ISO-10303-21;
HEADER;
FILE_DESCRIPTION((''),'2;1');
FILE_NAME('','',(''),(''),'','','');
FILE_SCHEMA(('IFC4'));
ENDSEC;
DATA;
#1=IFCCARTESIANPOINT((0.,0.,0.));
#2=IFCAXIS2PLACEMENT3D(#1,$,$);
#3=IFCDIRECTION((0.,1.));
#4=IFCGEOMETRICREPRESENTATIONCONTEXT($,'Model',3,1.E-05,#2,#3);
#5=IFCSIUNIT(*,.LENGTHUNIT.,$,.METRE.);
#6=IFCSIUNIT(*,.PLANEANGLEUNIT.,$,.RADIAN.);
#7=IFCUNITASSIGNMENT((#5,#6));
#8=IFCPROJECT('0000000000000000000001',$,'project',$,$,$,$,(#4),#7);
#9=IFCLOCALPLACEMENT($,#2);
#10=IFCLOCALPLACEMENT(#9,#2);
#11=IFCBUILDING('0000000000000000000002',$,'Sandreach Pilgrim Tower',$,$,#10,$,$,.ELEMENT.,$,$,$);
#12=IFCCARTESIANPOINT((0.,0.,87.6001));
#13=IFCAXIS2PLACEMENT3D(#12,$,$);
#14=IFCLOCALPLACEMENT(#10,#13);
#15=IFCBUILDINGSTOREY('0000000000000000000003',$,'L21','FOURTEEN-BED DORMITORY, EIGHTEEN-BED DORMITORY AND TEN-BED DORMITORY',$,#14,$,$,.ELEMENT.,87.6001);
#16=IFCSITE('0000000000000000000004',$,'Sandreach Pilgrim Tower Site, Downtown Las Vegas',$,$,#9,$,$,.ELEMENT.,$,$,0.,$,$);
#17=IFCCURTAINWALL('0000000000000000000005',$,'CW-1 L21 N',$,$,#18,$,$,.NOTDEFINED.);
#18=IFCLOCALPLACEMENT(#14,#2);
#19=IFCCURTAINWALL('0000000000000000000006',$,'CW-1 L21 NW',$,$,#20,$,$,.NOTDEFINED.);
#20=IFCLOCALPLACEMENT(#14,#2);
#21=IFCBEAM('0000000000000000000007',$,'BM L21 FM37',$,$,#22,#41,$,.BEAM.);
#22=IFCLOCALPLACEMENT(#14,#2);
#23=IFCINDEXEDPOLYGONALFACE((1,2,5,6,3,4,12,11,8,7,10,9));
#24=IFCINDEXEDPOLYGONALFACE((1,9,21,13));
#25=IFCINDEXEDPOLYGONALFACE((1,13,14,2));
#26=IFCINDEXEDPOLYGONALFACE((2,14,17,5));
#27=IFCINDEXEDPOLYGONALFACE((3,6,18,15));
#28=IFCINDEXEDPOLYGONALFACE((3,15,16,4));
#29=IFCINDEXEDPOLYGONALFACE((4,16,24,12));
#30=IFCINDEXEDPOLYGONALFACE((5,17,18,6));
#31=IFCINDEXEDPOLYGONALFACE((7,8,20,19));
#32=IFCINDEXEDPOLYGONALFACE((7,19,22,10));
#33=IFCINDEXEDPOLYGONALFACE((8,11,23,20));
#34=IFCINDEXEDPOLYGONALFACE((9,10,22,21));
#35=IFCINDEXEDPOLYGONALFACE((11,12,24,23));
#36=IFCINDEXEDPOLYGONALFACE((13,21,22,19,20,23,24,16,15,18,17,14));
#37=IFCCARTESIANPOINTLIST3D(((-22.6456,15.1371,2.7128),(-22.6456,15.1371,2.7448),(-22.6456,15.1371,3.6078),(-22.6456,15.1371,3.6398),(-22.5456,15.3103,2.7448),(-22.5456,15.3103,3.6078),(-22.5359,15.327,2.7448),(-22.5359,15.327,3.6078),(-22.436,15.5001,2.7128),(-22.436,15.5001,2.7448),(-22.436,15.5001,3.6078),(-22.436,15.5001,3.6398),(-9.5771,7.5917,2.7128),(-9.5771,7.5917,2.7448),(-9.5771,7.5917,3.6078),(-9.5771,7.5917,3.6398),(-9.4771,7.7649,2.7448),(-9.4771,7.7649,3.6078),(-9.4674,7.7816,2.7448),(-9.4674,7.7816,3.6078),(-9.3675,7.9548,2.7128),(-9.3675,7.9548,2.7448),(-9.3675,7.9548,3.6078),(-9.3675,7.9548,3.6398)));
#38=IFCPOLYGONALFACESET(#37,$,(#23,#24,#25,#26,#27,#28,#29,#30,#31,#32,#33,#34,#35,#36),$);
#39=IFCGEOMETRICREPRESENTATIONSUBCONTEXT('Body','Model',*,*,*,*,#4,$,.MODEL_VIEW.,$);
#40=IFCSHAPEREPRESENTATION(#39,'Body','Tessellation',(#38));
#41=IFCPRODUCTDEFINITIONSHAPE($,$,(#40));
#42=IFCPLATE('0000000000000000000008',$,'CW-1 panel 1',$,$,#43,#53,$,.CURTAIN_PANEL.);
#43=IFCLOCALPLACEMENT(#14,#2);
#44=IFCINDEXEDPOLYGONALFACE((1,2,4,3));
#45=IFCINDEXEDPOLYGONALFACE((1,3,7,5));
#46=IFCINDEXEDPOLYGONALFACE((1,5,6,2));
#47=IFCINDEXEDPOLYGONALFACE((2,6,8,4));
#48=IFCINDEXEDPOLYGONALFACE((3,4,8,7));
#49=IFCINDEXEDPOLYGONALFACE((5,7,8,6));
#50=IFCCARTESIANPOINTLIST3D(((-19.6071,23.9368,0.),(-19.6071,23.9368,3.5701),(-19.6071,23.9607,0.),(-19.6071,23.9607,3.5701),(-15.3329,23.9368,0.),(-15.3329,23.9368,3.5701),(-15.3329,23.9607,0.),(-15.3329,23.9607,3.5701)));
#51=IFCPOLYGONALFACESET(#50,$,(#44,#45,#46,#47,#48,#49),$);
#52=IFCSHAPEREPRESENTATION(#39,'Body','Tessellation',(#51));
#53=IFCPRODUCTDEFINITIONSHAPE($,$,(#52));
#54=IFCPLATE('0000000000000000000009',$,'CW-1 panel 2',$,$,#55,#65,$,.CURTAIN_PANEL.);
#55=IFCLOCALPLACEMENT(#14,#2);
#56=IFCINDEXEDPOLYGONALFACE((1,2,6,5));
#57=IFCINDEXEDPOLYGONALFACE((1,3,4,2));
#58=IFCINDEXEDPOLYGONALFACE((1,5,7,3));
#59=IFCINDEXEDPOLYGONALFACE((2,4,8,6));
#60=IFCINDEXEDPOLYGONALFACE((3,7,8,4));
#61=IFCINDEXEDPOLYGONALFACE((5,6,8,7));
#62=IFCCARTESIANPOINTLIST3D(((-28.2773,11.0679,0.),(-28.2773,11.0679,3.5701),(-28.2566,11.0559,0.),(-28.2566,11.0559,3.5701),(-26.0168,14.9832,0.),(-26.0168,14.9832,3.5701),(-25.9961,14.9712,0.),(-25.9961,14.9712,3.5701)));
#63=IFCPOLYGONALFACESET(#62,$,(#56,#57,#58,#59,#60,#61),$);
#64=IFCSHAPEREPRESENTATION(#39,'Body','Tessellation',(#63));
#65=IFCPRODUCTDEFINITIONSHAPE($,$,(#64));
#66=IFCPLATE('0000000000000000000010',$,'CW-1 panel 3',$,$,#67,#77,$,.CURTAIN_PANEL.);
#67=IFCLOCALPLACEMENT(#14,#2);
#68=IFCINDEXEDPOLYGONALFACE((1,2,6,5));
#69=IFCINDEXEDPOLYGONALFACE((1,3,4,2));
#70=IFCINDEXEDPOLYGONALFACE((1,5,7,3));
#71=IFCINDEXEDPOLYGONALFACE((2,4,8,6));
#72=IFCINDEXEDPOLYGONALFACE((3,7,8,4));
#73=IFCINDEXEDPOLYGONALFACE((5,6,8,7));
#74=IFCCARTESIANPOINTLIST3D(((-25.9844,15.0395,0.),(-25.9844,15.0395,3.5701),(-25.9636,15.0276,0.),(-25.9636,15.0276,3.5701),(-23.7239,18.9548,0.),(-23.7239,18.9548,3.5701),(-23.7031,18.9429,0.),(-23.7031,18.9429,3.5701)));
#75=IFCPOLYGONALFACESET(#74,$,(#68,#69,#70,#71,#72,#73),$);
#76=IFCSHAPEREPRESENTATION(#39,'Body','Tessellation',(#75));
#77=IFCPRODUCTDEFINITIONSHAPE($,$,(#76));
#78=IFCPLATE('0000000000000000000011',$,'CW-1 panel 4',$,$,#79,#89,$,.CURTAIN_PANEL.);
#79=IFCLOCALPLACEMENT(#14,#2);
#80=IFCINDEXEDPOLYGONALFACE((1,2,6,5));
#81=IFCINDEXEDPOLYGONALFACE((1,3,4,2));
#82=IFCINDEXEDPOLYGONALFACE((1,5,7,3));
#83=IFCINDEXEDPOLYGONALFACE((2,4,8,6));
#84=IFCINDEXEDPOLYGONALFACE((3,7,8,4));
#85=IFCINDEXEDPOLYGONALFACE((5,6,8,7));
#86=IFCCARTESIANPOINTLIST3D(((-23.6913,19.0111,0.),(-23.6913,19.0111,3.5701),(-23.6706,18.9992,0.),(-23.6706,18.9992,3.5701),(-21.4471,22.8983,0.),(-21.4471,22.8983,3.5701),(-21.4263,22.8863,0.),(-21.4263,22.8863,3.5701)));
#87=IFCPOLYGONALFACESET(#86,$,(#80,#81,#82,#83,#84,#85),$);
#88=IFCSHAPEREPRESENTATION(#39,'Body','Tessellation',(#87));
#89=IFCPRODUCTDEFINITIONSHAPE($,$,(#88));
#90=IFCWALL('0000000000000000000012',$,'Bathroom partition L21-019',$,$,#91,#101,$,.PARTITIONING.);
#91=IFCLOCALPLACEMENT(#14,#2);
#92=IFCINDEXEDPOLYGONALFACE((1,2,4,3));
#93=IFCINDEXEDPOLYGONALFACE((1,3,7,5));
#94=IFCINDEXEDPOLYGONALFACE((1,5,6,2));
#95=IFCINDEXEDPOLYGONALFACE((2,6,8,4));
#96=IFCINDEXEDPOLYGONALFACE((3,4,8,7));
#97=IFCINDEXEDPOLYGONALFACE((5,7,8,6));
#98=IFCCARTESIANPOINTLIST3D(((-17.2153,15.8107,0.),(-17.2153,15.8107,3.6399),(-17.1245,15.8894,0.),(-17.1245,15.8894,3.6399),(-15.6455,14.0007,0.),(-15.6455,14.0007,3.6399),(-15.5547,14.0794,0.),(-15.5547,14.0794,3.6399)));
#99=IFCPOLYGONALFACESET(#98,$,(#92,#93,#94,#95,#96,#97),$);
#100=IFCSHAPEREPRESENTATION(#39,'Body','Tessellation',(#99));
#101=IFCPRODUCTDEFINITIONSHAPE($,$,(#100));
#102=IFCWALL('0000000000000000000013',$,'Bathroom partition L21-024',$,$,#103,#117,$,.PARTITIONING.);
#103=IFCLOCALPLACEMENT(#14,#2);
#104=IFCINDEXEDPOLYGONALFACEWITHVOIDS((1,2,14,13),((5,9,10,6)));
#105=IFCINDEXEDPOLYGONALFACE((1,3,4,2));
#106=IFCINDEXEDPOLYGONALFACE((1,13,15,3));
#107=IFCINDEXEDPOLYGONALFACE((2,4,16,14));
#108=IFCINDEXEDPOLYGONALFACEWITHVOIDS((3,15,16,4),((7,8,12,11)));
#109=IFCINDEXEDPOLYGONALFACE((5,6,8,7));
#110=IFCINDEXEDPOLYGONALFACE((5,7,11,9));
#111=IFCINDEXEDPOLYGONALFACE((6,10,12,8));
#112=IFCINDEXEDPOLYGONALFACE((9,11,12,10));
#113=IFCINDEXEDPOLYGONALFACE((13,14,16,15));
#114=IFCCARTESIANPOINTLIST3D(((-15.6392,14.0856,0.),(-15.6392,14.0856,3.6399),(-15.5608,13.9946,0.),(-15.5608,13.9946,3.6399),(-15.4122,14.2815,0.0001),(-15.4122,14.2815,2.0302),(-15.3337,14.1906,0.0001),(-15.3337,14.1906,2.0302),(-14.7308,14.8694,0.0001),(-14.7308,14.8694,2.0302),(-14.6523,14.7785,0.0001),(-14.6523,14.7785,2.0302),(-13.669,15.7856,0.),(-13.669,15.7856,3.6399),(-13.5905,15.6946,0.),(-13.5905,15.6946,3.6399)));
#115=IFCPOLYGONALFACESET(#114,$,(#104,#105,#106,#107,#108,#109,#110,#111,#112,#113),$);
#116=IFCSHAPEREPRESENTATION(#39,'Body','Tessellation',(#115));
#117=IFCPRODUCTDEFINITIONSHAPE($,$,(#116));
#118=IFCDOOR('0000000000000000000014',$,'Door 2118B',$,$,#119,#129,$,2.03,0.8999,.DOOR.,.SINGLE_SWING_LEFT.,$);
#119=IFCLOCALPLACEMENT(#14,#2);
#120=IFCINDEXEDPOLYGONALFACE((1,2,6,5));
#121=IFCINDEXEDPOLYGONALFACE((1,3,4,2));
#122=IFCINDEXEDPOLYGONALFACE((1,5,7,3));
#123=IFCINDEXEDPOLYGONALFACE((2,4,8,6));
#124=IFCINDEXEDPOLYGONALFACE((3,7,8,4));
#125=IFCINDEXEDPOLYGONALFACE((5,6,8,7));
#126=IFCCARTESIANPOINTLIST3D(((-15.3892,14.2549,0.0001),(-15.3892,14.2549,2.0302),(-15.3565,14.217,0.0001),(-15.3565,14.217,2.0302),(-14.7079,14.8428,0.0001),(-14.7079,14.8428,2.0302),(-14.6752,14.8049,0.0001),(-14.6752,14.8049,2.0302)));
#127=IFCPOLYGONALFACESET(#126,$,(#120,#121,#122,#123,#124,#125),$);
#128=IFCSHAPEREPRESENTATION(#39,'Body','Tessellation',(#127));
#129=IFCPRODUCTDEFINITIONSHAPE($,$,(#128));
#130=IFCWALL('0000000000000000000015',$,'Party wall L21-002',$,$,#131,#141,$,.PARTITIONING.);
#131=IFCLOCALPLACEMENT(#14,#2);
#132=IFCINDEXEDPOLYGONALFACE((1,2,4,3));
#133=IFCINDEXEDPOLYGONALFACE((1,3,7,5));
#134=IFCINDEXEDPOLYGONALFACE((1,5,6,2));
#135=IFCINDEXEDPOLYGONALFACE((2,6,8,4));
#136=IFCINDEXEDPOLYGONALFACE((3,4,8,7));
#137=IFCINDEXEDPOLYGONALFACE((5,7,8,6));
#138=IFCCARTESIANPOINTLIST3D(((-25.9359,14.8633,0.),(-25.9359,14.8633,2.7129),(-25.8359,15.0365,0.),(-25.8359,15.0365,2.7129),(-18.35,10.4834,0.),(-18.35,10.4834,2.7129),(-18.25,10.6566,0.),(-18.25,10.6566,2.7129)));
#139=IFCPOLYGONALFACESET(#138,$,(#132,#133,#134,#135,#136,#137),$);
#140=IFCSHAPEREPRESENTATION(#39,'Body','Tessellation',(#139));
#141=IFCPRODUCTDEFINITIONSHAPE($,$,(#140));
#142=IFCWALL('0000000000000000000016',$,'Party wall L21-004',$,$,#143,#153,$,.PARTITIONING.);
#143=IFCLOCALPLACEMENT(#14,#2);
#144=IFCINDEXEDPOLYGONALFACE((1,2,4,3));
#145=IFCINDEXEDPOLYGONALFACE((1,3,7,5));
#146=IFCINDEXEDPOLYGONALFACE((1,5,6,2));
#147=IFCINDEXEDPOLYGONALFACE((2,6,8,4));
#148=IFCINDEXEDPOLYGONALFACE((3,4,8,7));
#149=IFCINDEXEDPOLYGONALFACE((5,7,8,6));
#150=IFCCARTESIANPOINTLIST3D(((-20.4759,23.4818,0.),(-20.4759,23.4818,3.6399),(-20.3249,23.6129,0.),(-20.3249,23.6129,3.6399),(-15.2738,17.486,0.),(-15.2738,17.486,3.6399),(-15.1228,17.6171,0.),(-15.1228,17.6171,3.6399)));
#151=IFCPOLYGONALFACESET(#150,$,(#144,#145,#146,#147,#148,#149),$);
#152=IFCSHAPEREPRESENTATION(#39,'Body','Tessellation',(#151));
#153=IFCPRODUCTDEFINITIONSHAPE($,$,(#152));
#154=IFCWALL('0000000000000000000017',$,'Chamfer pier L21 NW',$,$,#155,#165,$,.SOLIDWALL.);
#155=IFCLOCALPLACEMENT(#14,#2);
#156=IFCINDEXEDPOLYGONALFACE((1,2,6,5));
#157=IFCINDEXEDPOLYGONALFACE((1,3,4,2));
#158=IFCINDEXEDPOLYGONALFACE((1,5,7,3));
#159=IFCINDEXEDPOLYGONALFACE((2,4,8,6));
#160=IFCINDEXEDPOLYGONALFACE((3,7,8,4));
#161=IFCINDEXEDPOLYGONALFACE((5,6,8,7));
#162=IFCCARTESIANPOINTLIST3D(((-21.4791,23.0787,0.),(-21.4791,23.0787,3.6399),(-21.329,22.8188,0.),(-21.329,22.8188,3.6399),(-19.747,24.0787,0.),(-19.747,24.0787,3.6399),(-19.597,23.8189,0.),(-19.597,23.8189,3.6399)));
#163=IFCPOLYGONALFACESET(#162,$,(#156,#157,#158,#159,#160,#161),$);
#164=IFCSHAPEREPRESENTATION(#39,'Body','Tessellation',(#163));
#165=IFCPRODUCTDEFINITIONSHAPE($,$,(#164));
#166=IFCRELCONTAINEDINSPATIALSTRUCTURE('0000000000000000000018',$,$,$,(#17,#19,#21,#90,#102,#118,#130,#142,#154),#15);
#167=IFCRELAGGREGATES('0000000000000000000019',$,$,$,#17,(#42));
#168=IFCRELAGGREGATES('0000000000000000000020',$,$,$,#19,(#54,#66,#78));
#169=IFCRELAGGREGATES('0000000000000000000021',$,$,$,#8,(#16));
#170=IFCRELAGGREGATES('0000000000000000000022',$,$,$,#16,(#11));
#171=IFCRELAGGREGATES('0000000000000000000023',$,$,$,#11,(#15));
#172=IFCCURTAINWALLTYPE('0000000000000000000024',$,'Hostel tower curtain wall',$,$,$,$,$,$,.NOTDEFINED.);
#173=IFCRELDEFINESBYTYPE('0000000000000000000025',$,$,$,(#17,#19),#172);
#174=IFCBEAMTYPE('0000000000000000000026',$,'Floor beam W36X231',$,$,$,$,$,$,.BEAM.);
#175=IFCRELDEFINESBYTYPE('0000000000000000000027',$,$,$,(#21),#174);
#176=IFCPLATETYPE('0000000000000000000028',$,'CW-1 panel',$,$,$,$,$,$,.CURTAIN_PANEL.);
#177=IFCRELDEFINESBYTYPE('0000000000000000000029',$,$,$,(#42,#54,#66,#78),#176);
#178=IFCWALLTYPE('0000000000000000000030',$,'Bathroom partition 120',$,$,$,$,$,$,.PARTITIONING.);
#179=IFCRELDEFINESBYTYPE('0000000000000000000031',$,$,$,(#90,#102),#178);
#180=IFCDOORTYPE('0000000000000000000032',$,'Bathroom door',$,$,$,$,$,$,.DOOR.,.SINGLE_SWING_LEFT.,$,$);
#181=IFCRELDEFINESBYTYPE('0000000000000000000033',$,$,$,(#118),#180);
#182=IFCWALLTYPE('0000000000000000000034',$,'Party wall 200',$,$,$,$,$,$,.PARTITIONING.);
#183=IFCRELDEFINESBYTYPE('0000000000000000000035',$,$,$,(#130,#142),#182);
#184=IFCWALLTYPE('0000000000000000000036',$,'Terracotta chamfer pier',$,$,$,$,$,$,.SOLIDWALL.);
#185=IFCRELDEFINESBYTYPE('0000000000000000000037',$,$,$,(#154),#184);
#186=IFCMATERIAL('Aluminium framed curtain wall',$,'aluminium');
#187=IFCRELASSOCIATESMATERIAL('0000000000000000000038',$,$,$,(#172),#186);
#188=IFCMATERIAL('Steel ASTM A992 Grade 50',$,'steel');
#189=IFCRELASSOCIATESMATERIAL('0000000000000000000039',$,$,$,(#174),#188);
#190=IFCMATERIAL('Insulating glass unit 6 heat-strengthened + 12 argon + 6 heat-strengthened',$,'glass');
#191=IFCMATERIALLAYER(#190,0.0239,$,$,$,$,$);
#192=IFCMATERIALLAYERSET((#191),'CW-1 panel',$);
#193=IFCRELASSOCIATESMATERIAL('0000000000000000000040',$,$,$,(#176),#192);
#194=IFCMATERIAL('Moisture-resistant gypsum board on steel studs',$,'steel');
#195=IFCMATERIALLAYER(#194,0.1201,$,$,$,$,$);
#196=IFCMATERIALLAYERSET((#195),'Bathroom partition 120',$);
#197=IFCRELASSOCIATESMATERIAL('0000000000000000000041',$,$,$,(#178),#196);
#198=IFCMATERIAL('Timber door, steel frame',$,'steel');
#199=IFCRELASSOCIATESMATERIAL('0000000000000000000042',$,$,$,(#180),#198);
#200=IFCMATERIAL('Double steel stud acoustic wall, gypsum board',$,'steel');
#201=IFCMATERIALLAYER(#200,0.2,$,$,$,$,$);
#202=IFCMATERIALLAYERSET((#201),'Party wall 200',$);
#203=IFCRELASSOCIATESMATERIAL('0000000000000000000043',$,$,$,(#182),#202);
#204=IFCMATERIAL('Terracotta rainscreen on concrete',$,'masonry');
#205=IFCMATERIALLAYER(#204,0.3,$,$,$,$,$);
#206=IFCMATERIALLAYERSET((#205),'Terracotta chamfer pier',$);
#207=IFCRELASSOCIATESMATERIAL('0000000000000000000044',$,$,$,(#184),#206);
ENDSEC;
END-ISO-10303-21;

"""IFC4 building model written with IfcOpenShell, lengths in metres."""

from ifc_helpers import new_model, si_unit, direction, frame, frame_2d, origin, origin_2d, place, context, subcontext, project, spatial, rectangle, i_section, extrude, material, layer, layer_set, material_profile, profile_set, type_object, element, fill, aggregate, save


model = new_model("IFC4")

# Units and contexts
model_context = context("Model", 3, precision=1e-05, world=origin(), true_north=direction((0.0, 1.0)))
body_context = subcontext(model_context, "Body", "Model", "MODEL_VIEW")
ifc_project = project(units=[si_unit("LENGTHUNIT", "METRE"), si_unit("PLANEANGLEUNIT", "RADIAN")], contexts=[model_context])

# Site, building, storey
site_placement = place(None, origin())
site = spatial("IfcSite", under=ifc_project, at=site_placement, Name="Sandreach Pilgrim Tower Site, Downtown Las Vegas", CompositionType="ELEMENT", RefElevation=0.0)
building_placement = place(site_placement, origin())
building = spatial("IfcBuilding", under=site, at=building_placement, Name="Sandreach Pilgrim Tower", CompositionType="ELEMENT")
storey_placement = place(building_placement, frame((0.0, 0.0, 87.6001)))
storey = spatial("IfcBuildingStorey", under=building, at=storey_placement, Name="L21", Description="FOURTEEN-BED DORMITORY, EIGHTEEN-BED DORMITORY AND TEN-BED DORMITORY", CompositionType="ELEMENT", Elevation=87.6001)

# Curtain walls
ifc_material_1 = material(Name="Aluminium framed curtain wall", Category="aluminium")
curtain_wall_type = type_object("IfcCurtainWallType", Name="Hostel tower curtain wall", PredefinedType="NOTDEFINED", material=ifc_material_1)
curtain_wall_1_placement = place(storey_placement, origin())
curtain_wall_1 = element("IfcCurtainWall", 1, at=curtain_wall_1_placement, inside=storey, type_object=curtain_wall_type, Name="CW-1 L21 N", PredefinedType="NOTDEFINED")
curtain_wall_2_placement = place(storey_placement, origin())
curtain_wall_2 = element("IfcCurtainWall", 2, at=curtain_wall_2_placement, inside=storey, type_object=curtain_wall_type, Name="CW-1 L21 NW", PredefinedType="NOTDEFINED")

# Beam
ifc_material_2 = material(Name="Steel ASTM A992 Grade 50", Category="steel")
ifc_material_profile_1 = material_profile(ifc_material_2, i_section(OverallWidth=0.4192, OverallDepth=0.927, WebThickness=0.0193, FlangeThickness=0.032, at=origin_2d()), Name="W36X231")
ifc_profile_set_1 = profile_set([ifc_material_profile_1], Name="Steel ASTM A992 Grade 50")
beam_type_1 = type_object("IfcBeamType", Name="Floor beam W36X231", PredefinedType="BEAM", material=ifc_profile_set_1)
beam_1_placement = place(storey_placement, frame((-22.5408, 15.3186, 3.1763), z_axis=(0.866018, -0.500012, 0.0), x_axis=(0.500012, 0.866018, 0.0)))
element("IfcBeam", 3, at=beam_1_placement, inside=storey, type_object=beam_type_1, Name="BM L21 FM37", PredefinedType="BEAM", context=body_context, shape_type="SweptSolid", body=[
    extrude(i_section(OverallWidth=0.4192, OverallDepth=0.927, WebThickness=0.0193, FlangeThickness=0.032, at=origin_2d()), origin(), (0.0, 0.0, 1.0), 15.0903),
])

# Plates
ifc_material_3 = material(Name="Insulating glass unit 6 heat-strengthened + 12 argon + 6 heat-strengthened", Category="glass")
ifc_layer_1 = layer(ifc_material_3, 0.0239)
ifc_layer_set_1 = layer_set([ifc_layer_1], Name="CW-1 panel")
plate_type = type_object("IfcPlateType", Name="CW-1 panel", PredefinedType="CURTAIN_PANEL", material=ifc_layer_set_1)
plate_1_placement = place(storey_placement, frame((-17.47, 23.9487, 0.0), z_axis=(0.0, 0.0, 1.0), x_axis=(1.0, 0.0, 0.0)))
plate_1 = element("IfcPlate", 4, at=plate_1_placement, type_object=plate_type, Name="CW-1 panel 1", PredefinedType="CURTAIN_PANEL", context=body_context, shape_type="SweptSolid", body=[
    extrude(rectangle(XDim=4.2742, YDim=0.0239, at=origin_2d()), origin(), (0.0, 0.0, 1.0), 3.5701),
])
aggregate(curtain_wall_1, [plate_1])
plate_2_placement = place(storey_placement, frame((-27.1367, 13.0195, 0.0), z_axis=(0.0, 0.0, 1.0), x_axis=(0.5, 0.866025, 0.0)))
plate_2 = element("IfcPlate", 5, at=plate_2_placement, type_object=plate_type, Name="CW-1 panel 2", PredefinedType="CURTAIN_PANEL", context=body_context, shape_type="SweptSolid", body=[
    extrude(rectangle(XDim=4.521, YDim=0.0239, at=origin_2d()), origin(), (0.0, 0.0, 1.0), 3.5701),
])
plate_3_placement = place(storey_placement, frame((-24.8438, 16.9912, 0.0), z_axis=(0.0, 0.0, 1.0), x_axis=(0.5, 0.866025, 0.0)))
plate_3 = element("IfcPlate", 6, at=plate_3_placement, type_object=plate_type, Name="CW-1 panel 3", PredefinedType="CURTAIN_PANEL", context=body_context, shape_type="SweptSolid", body=[
    extrude(rectangle(XDim=4.521, YDim=0.0239, at=origin_2d()), origin(), (0.0, 0.0, 1.0), 3.5701),
])
plate_4_placement = place(storey_placement, frame((-22.5588, 20.9487, 0.0), z_axis=(0.0, 0.0, 1.0), x_axis=(0.5, 0.866025, 0.0)))
plate_4 = element("IfcPlate", 7, at=plate_4_placement, type_object=plate_type, Name="CW-1 panel 4", PredefinedType="CURTAIN_PANEL", context=body_context, shape_type="SweptSolid", body=[
    extrude(rectangle(XDim=4.4885, YDim=0.0239, at=origin_2d()), origin(), (0.0, 0.0, 1.0), 3.5701),
])
aggregate(curtain_wall_2, [plate_2, plate_3, plate_4])

# Wall
ifc_material_4 = material(Name="Moisture-resistant gypsum board on steel studs", Category="steel")
ifc_layer_2 = layer(ifc_material_4, 0.1201)
ifc_layer_set_2 = layer_set([ifc_layer_2], Name="Bathroom partition 120")
wall_type_1 = type_object("IfcWallType", Name="Bathroom partition 120", PredefinedType="PARTITIONING", material=ifc_layer_set_2)
wall_1_placement = place(storey_placement, frame((-17.1699, 15.8501, 0.0), z_axis=(0.0, 0.0, 1.0), x_axis=(0.655194, -0.75546, 0.0)))
element("IfcWall", 8, at=wall_1_placement, inside=storey, type_object=wall_type_1, Name="Bathroom partition L21-019", PredefinedType="PARTITIONING", context=body_context, shape_type="SweptSolid", body=[
    extrude(rectangle(XDim=2.396, YDim=0.1201, at=frame_2d((1.198, 0.0))), origin(), (0.0, 0.0, 1.0), 3.6399),
])

# Wall, opening, door
wall_2_placement = place(storey_placement, frame((-15.6001, 14.04, 0.0), z_axis=(0.0, 0.0, 1.0), x_axis=(0.757127, 0.653268, 0.0)))
wall_2 = element("IfcWall", 9, at=wall_2_placement, inside=storey, type_object=wall_type_1, Name="Bathroom partition L21-024", PredefinedType="PARTITIONING", context=body_context, shape_type="SweptSolid", body=[
    extrude(rectangle(XDim=2.6023, YDim=0.1201, at=frame_2d((1.3013, 0.0))), origin(), (0.0, 0.0, 1.0), 3.6399),
])
opening_placement = place(wall_2_placement, frame((0.3, 0.0, 0.0)))
opening = element("IfcOpeningElement", 10, at=opening_placement, cuts=wall_2, PredefinedType="OPENING", context=body_context, shape_type="SweptSolid", body=[
    extrude(rectangle(XDim=0.8999, YDim=2.03, at=frame_2d((0.45, 1.0151))), frame((0.0, 0.0601, 0.0), z_axis=(0.0, -1.0, 0.0), x_axis=(1.0, 0.0, 0.0)), (0.0, 0.0, 1.0), 0.1201),
])
ifc_material_5 = material(Name="Timber door, steel frame", Category="steel")
door_type = type_object("IfcDoorType", Name="Bathroom door", OperationType="SINGLE_SWING_LEFT", PredefinedType="DOOR", material=ifc_material_5)
door_placement = place(opening_placement, origin())
door = element("IfcDoor", 11, at=door_placement, inside=storey, type_object=door_type, Name="Door 2118B", OperationType="SINGLE_SWING_LEFT", OverallHeight=2.03, OverallWidth=0.8999, PredefinedType="DOOR", context=body_context, shape_type="SweptSolid", body=[
    extrude(rectangle(XDim=0.8999, YDim=2.03, at=frame_2d((0.45, 1.0151))), frame((0.0, 0.0249, 0.0), z_axis=(0.0, -1.0, 0.0), x_axis=(1.0, 0.0, 0.0)), (0.0, 0.0, 1.0), 0.05),
])
fill(opening, door)

# Walls
ifc_material_6 = material(Name="Double steel stud acoustic wall, gypsum board", Category="steel")
ifc_layer_3 = layer(ifc_material_6, 0.2)
ifc_layer_set_3 = layer_set([ifc_layer_3], Name="Party wall 200")
wall_type_2 = type_object("IfcWallType", Name="Party wall 200", PredefinedType="PARTITIONING", material=ifc_layer_set_3)
wall_3_placement = place(storey_placement, frame((-25.886, 14.95, 0.0), z_axis=(0.0, 0.0, 1.0), x_axis=(0.866018, -0.500012, 0.0)))
element("IfcWall", 12, at=wall_3_placement, inside=storey, type_object=wall_type_2, Name="Party wall L21-002", PredefinedType="PARTITIONING", context=body_context, shape_type="SweptSolid", body=[
    extrude(rectangle(XDim=8.7595, YDim=0.2, at=frame_2d((4.3799, 0.0))), origin(), (0.0, 0.0, 1.0), 2.7129),
])
wall_4_placement = place(storey_placement, frame((-20.4004, 23.5474, 0.0), z_axis=(0.0, 0.0, 1.0), x_axis=(0.655344, -0.755331, 0.0)))
element("IfcWall", 13, at=wall_4_placement, inside=storey, type_object=wall_type_2, Name="Party wall L21-004", PredefinedType="PARTITIONING", context=body_context, shape_type="SweptSolid", body=[
    extrude(rectangle(XDim=7.938, YDim=0.2, at=frame_2d((3.969, 0.0))), origin(), (0.0, 0.0, 1.0), 3.6399),
])
ifc_material_7 = material(Name="Terracotta rainscreen on concrete", Category="masonry")
ifc_layer_4 = layer(ifc_material_7, 0.3)
ifc_layer_set_4 = layer_set([ifc_layer_4], Name="Terracotta chamfer pier")
wall_type_3 = type_object("IfcWallType", Name="Terracotta chamfer pier", PredefinedType="SOLIDWALL", material=ifc_layer_set_4)
wall_5_placement = place(storey_placement, frame((-21.4041, 22.9487, 0.0), z_axis=(0.0, 0.0, 1.0), x_axis=(0.866011, 0.500025, 0.0)))
element("IfcWall", 14, at=wall_5_placement, inside=storey, type_object=wall_type_3, Name="Chamfer pier L21 NW", PredefinedType="SOLIDWALL", context=body_context, shape_type="SweptSolid", body=[
    extrude(rectangle(XDim=2.0, YDim=0.3, at=frame_2d((1.0, 0.0))), origin(), (0.0, 0.0, 1.0), 3.6399),
])

save(model, "model.ifc")
